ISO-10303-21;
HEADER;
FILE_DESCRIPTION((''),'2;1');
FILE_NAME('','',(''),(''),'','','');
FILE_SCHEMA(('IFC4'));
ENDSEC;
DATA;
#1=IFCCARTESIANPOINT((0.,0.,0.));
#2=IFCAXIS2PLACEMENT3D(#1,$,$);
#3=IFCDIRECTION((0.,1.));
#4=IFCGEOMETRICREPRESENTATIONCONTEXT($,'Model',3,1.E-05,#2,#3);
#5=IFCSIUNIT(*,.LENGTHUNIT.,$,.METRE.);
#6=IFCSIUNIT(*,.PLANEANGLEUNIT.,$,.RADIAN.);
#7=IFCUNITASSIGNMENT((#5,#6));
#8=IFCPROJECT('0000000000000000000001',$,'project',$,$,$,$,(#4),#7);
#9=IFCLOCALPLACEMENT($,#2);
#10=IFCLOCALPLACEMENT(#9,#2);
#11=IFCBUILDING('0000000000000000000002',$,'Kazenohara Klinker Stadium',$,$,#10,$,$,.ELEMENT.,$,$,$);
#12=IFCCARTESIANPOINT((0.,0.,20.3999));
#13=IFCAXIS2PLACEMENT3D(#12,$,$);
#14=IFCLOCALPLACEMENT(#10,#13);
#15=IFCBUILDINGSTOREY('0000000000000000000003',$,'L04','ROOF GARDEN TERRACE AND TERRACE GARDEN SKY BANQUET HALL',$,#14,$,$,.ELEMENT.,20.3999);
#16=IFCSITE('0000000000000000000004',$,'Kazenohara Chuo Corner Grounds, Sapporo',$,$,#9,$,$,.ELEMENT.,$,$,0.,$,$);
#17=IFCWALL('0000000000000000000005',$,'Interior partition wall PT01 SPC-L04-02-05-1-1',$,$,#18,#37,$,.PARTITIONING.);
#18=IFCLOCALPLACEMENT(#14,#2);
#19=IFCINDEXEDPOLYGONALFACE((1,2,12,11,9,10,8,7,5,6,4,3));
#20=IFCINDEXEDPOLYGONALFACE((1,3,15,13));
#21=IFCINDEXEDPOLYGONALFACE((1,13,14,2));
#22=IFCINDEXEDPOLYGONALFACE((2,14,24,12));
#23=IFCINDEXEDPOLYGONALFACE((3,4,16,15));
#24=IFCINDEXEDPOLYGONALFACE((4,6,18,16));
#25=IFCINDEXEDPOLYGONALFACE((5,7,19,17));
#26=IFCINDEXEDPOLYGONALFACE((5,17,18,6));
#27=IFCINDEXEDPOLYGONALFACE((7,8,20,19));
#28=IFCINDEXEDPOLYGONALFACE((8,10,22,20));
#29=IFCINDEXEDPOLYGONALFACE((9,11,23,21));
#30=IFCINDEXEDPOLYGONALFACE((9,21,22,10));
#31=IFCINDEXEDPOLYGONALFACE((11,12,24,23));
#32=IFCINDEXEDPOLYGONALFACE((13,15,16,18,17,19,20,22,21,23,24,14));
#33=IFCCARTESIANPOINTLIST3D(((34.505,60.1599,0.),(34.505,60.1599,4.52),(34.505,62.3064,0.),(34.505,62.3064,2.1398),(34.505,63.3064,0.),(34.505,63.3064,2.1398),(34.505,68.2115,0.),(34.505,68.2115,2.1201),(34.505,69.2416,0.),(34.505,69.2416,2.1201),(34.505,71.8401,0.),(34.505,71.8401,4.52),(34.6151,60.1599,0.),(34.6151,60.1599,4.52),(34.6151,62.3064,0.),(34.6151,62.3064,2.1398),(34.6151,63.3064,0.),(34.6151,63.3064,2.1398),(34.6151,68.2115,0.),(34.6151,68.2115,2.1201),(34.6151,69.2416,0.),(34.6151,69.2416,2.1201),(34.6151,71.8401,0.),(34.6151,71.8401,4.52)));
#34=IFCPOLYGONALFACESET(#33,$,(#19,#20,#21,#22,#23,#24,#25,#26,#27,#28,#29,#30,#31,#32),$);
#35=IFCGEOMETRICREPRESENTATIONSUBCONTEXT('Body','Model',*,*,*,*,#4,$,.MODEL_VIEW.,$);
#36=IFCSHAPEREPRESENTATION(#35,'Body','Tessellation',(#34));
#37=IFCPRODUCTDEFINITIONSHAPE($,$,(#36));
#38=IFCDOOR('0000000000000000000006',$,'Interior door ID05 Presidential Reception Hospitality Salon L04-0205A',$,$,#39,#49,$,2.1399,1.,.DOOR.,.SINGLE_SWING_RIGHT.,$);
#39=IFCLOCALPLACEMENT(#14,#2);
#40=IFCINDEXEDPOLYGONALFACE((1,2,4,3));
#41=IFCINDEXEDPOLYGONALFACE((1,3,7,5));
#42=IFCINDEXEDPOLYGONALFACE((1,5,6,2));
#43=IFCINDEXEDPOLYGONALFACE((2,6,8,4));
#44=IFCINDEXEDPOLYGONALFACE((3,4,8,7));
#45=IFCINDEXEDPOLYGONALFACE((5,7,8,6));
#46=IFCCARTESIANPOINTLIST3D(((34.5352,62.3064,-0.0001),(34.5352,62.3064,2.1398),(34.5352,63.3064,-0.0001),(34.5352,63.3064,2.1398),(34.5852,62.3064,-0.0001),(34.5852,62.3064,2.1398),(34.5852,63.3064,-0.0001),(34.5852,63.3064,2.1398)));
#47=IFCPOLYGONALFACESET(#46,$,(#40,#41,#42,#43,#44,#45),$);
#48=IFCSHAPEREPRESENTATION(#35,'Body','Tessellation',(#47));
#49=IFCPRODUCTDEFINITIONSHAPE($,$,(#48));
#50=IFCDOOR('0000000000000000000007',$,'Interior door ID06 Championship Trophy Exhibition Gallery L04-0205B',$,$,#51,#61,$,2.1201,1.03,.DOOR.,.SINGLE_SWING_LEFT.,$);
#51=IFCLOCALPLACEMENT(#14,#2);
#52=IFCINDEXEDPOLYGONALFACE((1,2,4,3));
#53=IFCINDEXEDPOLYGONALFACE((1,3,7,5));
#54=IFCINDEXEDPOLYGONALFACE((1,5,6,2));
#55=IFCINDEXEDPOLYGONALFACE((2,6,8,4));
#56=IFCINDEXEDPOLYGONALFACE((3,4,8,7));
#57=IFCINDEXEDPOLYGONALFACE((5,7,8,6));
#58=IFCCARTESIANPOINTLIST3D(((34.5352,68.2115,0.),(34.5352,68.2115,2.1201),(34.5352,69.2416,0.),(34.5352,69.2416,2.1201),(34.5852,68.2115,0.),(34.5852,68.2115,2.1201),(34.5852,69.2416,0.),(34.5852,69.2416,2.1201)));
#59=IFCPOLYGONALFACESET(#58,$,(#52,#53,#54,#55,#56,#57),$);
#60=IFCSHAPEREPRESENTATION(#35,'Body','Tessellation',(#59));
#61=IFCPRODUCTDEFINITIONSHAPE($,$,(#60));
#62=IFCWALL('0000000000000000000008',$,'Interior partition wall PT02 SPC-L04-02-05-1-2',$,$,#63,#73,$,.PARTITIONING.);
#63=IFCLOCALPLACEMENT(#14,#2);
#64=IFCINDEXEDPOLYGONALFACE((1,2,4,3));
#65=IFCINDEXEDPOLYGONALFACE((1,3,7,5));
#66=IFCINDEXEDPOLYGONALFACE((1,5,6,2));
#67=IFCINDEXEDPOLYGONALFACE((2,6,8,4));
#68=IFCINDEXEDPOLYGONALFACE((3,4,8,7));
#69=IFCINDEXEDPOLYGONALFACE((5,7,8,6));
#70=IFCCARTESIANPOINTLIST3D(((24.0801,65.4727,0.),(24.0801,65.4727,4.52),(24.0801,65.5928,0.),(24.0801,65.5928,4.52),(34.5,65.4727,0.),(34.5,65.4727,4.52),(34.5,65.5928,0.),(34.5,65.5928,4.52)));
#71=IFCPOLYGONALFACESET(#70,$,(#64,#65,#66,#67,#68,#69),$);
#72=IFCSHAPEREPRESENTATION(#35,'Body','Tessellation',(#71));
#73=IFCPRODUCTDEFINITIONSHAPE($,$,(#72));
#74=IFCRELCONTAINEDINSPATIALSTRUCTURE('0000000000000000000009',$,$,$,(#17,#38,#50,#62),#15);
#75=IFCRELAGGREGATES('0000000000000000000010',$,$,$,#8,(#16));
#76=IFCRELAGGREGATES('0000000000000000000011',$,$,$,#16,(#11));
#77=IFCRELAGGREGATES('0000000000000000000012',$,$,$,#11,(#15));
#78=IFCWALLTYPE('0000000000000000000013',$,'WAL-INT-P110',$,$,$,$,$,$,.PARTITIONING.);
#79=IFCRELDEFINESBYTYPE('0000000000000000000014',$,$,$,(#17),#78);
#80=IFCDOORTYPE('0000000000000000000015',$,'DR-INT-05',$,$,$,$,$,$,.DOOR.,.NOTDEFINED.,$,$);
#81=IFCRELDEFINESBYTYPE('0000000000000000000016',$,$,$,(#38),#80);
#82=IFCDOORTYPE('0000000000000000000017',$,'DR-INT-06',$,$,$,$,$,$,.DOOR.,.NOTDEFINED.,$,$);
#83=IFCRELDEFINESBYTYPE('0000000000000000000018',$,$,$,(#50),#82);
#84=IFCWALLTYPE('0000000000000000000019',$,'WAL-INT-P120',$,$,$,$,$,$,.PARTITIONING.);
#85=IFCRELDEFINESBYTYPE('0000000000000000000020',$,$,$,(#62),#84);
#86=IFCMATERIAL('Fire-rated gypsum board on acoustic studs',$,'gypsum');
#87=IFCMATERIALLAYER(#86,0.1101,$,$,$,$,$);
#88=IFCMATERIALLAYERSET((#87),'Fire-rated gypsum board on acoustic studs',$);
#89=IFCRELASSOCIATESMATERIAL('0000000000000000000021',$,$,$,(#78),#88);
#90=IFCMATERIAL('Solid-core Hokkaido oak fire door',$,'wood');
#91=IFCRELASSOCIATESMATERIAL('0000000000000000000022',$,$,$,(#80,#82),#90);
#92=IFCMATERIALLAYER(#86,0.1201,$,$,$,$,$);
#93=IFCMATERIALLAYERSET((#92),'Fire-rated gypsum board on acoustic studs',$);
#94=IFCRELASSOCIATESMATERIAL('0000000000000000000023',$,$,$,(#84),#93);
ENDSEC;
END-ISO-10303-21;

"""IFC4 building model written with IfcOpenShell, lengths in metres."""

from ifc_helpers import new_model, si_unit, direction, frame, frame_2d, origin, place, context, subcontext, project, spatial, rectangle, extrude, material, layer, layer_set, type_object, element, fill, save


model = new_model("IFC4")

# Units and contexts
model_context = context("Model", 3, precision=1e-05, world=origin(), true_north=direction((0.0, 1.0)))
body_context = subcontext(model_context, "Body", "Model", "MODEL_VIEW")
ifc_project = project(units=[si_unit("LENGTHUNIT", "METRE"), si_unit("PLANEANGLEUNIT", "RADIAN")], contexts=[model_context])

# Site, building, storey
site_placement = place(None, origin())
site = spatial("IfcSite", under=ifc_project, at=site_placement, Name="Kazenohara Chuo Corner Grounds, Sapporo", CompositionType="ELEMENT", RefElevation=0.0)
building_placement = place(site_placement, origin())
building = spatial("IfcBuilding", under=site, at=building_placement, Name="Kazenohara Klinker Stadium", CompositionType="ELEMENT")
storey_placement = place(building_placement, frame((0.0, 0.0, 20.3999)))
storey = spatial("IfcBuildingStorey", under=building, at=storey_placement, Name="L04", Description="ROOF GARDEN TERRACE AND TERRACE GARDEN SKY BANQUET HALL", CompositionType="ELEMENT", Elevation=20.3999)

# Wall, openings, doors
ifc_material_1 = material(Name="Fire-rated gypsum board on acoustic studs", Category="gypsum")
ifc_layer_1 = layer(ifc_material_1, 0.1101)
ifc_layer_set_1 = layer_set([ifc_layer_1], Name="Fire-rated gypsum board on acoustic studs")
wall_type_1 = type_object("IfcWallType", Name="WAL-INT-P110", PredefinedType="PARTITIONING", material=ifc_layer_set_1)
wall_1_placement = place(storey_placement, frame((34.5601, 60.1599, 0.0), z_axis=(0.0, 0.0, 1.0), x_axis=(0.0, 1.0, 0.0)))
wall_1 = element("IfcWall", 1, at=wall_1_placement, inside=storey, type_object=wall_type_1, Name="Interior partition wall PT01 SPC-L04-02-05-1-1", PredefinedType="PARTITIONING", context=body_context, shape_type="SweptSolid", body=[
    extrude(rectangle(XDim=11.6802, YDim=0.1101, at=frame_2d((5.8401, 0.0))), origin(), (0.0, 0.0, 1.0), 4.52),
])
opening_1_placement = place(wall_1_placement, frame((2.1465, 0.0, 0.0)))
opening_1 = element("IfcOpeningElement", 2, at=opening_1_placement, cuts=wall_1, PredefinedType="OPENING", context=body_context, shape_type="SweptSolid", body=[
    extrude(rectangle(XDim=1.0, YDim=2.1399, at=frame_2d((0.5, 1.0698))), frame((0.0, 0.0649, 0.0), z_axis=(0.0, -1.0, 0.0), x_axis=(1.0, 0.0, 0.0)), (0.0, 0.0, 1.0), 0.1301),
])
opening_2_placement = place(wall_1_placement, frame((8.0515, 0.0, 0.0)))
opening_2 = element("IfcOpeningElement", 3, at=opening_2_placement, cuts=wall_1, PredefinedType="OPENING", context=body_context, shape_type="SweptSolid", body=[
    extrude(rectangle(XDim=1.03, YDim=2.1201, at=frame_2d((0.5151, 1.0601))), frame((0.0, 0.0649, 0.0), z_axis=(0.0, -1.0, 0.0), x_axis=(1.0, 0.0, 0.0)), (0.0, 0.0, 1.0), 0.1301),
])
ifc_material_2 = material(Name="Solid-core Hokkaido oak fire door", Category="wood")
door_type_1 = type_object("IfcDoorType", Name="DR-INT-05", OperationType="NOTDEFINED", PredefinedType="DOOR", material=ifc_material_2)
door_1_placement = place(opening_1_placement, origin())
door_1 = element("IfcDoor", 4, at=door_1_placement, inside=storey, type_object=door_type_1, Name="Interior door ID05 Presidential Reception Hospitality Salon L04-0205A", OperationType="SINGLE_SWING_RIGHT", OverallHeight=2.1399, OverallWidth=1.0, PredefinedType="DOOR", context=body_context, shape_type="SweptSolid", body=[
    extrude(rectangle(XDim=1.0, YDim=2.1399, at=frame_2d((0.5, 1.0698))), frame((0.0, 0.0249, 0.0), z_axis=(0.0, -1.0, 0.0), x_axis=(1.0, 0.0, 0.0)), (0.0, 0.0, 1.0), 0.05),
])
fill(opening_1, door_1)
door_type_2 = type_object("IfcDoorType", Name="DR-INT-06", OperationType="NOTDEFINED", PredefinedType="DOOR", material=ifc_material_2)
door_2_placement = place(opening_2_placement, origin())
door_2 = element("IfcDoor", 5, at=door_2_placement, inside=storey, type_object=door_type_2, Name="Interior door ID06 Championship Trophy Exhibition Gallery L04-0205B", OperationType="SINGLE_SWING_LEFT", OverallHeight=2.1201, OverallWidth=1.03, PredefinedType="DOOR", context=body_context, shape_type="SweptSolid", body=[
    extrude(rectangle(XDim=1.03, YDim=2.1201, at=frame_2d((0.5151, 1.0601))), frame((0.0, 0.0249, 0.0), z_axis=(0.0, -1.0, 0.0), x_axis=(1.0, 0.0, 0.0)), (0.0, 0.0, 1.0), 0.05),
])
fill(opening_2, door_2)

# Wall
ifc_layer_2 = layer(ifc_material_1, 0.1201)
ifc_layer_set_2 = layer_set([ifc_layer_2], Name="Fire-rated gypsum board on acoustic studs")
wall_type_2 = type_object("IfcWallType", Name="WAL-INT-P120", PredefinedType="PARTITIONING", material=ifc_layer_set_2)
wall_2_placement = place(storey_placement, frame((24.0801, 65.5327, 0.0), z_axis=(0.0, 0.0, 1.0), x_axis=(1.0, 0.0, 0.0)))
element("IfcWall", 6, at=wall_2_placement, inside=storey, type_object=wall_type_2, Name="Interior partition wall PT02 SPC-L04-02-05-1-2", PredefinedType="PARTITIONING", context=body_context, shape_type="SweptSolid", body=[
    extrude(rectangle(XDim=10.4199, YDim=0.1201, at=frame_2d((5.21, 0.0))), origin(), (0.0, 0.0, 1.0), 4.52),
])

save(model, "model.ifc")
